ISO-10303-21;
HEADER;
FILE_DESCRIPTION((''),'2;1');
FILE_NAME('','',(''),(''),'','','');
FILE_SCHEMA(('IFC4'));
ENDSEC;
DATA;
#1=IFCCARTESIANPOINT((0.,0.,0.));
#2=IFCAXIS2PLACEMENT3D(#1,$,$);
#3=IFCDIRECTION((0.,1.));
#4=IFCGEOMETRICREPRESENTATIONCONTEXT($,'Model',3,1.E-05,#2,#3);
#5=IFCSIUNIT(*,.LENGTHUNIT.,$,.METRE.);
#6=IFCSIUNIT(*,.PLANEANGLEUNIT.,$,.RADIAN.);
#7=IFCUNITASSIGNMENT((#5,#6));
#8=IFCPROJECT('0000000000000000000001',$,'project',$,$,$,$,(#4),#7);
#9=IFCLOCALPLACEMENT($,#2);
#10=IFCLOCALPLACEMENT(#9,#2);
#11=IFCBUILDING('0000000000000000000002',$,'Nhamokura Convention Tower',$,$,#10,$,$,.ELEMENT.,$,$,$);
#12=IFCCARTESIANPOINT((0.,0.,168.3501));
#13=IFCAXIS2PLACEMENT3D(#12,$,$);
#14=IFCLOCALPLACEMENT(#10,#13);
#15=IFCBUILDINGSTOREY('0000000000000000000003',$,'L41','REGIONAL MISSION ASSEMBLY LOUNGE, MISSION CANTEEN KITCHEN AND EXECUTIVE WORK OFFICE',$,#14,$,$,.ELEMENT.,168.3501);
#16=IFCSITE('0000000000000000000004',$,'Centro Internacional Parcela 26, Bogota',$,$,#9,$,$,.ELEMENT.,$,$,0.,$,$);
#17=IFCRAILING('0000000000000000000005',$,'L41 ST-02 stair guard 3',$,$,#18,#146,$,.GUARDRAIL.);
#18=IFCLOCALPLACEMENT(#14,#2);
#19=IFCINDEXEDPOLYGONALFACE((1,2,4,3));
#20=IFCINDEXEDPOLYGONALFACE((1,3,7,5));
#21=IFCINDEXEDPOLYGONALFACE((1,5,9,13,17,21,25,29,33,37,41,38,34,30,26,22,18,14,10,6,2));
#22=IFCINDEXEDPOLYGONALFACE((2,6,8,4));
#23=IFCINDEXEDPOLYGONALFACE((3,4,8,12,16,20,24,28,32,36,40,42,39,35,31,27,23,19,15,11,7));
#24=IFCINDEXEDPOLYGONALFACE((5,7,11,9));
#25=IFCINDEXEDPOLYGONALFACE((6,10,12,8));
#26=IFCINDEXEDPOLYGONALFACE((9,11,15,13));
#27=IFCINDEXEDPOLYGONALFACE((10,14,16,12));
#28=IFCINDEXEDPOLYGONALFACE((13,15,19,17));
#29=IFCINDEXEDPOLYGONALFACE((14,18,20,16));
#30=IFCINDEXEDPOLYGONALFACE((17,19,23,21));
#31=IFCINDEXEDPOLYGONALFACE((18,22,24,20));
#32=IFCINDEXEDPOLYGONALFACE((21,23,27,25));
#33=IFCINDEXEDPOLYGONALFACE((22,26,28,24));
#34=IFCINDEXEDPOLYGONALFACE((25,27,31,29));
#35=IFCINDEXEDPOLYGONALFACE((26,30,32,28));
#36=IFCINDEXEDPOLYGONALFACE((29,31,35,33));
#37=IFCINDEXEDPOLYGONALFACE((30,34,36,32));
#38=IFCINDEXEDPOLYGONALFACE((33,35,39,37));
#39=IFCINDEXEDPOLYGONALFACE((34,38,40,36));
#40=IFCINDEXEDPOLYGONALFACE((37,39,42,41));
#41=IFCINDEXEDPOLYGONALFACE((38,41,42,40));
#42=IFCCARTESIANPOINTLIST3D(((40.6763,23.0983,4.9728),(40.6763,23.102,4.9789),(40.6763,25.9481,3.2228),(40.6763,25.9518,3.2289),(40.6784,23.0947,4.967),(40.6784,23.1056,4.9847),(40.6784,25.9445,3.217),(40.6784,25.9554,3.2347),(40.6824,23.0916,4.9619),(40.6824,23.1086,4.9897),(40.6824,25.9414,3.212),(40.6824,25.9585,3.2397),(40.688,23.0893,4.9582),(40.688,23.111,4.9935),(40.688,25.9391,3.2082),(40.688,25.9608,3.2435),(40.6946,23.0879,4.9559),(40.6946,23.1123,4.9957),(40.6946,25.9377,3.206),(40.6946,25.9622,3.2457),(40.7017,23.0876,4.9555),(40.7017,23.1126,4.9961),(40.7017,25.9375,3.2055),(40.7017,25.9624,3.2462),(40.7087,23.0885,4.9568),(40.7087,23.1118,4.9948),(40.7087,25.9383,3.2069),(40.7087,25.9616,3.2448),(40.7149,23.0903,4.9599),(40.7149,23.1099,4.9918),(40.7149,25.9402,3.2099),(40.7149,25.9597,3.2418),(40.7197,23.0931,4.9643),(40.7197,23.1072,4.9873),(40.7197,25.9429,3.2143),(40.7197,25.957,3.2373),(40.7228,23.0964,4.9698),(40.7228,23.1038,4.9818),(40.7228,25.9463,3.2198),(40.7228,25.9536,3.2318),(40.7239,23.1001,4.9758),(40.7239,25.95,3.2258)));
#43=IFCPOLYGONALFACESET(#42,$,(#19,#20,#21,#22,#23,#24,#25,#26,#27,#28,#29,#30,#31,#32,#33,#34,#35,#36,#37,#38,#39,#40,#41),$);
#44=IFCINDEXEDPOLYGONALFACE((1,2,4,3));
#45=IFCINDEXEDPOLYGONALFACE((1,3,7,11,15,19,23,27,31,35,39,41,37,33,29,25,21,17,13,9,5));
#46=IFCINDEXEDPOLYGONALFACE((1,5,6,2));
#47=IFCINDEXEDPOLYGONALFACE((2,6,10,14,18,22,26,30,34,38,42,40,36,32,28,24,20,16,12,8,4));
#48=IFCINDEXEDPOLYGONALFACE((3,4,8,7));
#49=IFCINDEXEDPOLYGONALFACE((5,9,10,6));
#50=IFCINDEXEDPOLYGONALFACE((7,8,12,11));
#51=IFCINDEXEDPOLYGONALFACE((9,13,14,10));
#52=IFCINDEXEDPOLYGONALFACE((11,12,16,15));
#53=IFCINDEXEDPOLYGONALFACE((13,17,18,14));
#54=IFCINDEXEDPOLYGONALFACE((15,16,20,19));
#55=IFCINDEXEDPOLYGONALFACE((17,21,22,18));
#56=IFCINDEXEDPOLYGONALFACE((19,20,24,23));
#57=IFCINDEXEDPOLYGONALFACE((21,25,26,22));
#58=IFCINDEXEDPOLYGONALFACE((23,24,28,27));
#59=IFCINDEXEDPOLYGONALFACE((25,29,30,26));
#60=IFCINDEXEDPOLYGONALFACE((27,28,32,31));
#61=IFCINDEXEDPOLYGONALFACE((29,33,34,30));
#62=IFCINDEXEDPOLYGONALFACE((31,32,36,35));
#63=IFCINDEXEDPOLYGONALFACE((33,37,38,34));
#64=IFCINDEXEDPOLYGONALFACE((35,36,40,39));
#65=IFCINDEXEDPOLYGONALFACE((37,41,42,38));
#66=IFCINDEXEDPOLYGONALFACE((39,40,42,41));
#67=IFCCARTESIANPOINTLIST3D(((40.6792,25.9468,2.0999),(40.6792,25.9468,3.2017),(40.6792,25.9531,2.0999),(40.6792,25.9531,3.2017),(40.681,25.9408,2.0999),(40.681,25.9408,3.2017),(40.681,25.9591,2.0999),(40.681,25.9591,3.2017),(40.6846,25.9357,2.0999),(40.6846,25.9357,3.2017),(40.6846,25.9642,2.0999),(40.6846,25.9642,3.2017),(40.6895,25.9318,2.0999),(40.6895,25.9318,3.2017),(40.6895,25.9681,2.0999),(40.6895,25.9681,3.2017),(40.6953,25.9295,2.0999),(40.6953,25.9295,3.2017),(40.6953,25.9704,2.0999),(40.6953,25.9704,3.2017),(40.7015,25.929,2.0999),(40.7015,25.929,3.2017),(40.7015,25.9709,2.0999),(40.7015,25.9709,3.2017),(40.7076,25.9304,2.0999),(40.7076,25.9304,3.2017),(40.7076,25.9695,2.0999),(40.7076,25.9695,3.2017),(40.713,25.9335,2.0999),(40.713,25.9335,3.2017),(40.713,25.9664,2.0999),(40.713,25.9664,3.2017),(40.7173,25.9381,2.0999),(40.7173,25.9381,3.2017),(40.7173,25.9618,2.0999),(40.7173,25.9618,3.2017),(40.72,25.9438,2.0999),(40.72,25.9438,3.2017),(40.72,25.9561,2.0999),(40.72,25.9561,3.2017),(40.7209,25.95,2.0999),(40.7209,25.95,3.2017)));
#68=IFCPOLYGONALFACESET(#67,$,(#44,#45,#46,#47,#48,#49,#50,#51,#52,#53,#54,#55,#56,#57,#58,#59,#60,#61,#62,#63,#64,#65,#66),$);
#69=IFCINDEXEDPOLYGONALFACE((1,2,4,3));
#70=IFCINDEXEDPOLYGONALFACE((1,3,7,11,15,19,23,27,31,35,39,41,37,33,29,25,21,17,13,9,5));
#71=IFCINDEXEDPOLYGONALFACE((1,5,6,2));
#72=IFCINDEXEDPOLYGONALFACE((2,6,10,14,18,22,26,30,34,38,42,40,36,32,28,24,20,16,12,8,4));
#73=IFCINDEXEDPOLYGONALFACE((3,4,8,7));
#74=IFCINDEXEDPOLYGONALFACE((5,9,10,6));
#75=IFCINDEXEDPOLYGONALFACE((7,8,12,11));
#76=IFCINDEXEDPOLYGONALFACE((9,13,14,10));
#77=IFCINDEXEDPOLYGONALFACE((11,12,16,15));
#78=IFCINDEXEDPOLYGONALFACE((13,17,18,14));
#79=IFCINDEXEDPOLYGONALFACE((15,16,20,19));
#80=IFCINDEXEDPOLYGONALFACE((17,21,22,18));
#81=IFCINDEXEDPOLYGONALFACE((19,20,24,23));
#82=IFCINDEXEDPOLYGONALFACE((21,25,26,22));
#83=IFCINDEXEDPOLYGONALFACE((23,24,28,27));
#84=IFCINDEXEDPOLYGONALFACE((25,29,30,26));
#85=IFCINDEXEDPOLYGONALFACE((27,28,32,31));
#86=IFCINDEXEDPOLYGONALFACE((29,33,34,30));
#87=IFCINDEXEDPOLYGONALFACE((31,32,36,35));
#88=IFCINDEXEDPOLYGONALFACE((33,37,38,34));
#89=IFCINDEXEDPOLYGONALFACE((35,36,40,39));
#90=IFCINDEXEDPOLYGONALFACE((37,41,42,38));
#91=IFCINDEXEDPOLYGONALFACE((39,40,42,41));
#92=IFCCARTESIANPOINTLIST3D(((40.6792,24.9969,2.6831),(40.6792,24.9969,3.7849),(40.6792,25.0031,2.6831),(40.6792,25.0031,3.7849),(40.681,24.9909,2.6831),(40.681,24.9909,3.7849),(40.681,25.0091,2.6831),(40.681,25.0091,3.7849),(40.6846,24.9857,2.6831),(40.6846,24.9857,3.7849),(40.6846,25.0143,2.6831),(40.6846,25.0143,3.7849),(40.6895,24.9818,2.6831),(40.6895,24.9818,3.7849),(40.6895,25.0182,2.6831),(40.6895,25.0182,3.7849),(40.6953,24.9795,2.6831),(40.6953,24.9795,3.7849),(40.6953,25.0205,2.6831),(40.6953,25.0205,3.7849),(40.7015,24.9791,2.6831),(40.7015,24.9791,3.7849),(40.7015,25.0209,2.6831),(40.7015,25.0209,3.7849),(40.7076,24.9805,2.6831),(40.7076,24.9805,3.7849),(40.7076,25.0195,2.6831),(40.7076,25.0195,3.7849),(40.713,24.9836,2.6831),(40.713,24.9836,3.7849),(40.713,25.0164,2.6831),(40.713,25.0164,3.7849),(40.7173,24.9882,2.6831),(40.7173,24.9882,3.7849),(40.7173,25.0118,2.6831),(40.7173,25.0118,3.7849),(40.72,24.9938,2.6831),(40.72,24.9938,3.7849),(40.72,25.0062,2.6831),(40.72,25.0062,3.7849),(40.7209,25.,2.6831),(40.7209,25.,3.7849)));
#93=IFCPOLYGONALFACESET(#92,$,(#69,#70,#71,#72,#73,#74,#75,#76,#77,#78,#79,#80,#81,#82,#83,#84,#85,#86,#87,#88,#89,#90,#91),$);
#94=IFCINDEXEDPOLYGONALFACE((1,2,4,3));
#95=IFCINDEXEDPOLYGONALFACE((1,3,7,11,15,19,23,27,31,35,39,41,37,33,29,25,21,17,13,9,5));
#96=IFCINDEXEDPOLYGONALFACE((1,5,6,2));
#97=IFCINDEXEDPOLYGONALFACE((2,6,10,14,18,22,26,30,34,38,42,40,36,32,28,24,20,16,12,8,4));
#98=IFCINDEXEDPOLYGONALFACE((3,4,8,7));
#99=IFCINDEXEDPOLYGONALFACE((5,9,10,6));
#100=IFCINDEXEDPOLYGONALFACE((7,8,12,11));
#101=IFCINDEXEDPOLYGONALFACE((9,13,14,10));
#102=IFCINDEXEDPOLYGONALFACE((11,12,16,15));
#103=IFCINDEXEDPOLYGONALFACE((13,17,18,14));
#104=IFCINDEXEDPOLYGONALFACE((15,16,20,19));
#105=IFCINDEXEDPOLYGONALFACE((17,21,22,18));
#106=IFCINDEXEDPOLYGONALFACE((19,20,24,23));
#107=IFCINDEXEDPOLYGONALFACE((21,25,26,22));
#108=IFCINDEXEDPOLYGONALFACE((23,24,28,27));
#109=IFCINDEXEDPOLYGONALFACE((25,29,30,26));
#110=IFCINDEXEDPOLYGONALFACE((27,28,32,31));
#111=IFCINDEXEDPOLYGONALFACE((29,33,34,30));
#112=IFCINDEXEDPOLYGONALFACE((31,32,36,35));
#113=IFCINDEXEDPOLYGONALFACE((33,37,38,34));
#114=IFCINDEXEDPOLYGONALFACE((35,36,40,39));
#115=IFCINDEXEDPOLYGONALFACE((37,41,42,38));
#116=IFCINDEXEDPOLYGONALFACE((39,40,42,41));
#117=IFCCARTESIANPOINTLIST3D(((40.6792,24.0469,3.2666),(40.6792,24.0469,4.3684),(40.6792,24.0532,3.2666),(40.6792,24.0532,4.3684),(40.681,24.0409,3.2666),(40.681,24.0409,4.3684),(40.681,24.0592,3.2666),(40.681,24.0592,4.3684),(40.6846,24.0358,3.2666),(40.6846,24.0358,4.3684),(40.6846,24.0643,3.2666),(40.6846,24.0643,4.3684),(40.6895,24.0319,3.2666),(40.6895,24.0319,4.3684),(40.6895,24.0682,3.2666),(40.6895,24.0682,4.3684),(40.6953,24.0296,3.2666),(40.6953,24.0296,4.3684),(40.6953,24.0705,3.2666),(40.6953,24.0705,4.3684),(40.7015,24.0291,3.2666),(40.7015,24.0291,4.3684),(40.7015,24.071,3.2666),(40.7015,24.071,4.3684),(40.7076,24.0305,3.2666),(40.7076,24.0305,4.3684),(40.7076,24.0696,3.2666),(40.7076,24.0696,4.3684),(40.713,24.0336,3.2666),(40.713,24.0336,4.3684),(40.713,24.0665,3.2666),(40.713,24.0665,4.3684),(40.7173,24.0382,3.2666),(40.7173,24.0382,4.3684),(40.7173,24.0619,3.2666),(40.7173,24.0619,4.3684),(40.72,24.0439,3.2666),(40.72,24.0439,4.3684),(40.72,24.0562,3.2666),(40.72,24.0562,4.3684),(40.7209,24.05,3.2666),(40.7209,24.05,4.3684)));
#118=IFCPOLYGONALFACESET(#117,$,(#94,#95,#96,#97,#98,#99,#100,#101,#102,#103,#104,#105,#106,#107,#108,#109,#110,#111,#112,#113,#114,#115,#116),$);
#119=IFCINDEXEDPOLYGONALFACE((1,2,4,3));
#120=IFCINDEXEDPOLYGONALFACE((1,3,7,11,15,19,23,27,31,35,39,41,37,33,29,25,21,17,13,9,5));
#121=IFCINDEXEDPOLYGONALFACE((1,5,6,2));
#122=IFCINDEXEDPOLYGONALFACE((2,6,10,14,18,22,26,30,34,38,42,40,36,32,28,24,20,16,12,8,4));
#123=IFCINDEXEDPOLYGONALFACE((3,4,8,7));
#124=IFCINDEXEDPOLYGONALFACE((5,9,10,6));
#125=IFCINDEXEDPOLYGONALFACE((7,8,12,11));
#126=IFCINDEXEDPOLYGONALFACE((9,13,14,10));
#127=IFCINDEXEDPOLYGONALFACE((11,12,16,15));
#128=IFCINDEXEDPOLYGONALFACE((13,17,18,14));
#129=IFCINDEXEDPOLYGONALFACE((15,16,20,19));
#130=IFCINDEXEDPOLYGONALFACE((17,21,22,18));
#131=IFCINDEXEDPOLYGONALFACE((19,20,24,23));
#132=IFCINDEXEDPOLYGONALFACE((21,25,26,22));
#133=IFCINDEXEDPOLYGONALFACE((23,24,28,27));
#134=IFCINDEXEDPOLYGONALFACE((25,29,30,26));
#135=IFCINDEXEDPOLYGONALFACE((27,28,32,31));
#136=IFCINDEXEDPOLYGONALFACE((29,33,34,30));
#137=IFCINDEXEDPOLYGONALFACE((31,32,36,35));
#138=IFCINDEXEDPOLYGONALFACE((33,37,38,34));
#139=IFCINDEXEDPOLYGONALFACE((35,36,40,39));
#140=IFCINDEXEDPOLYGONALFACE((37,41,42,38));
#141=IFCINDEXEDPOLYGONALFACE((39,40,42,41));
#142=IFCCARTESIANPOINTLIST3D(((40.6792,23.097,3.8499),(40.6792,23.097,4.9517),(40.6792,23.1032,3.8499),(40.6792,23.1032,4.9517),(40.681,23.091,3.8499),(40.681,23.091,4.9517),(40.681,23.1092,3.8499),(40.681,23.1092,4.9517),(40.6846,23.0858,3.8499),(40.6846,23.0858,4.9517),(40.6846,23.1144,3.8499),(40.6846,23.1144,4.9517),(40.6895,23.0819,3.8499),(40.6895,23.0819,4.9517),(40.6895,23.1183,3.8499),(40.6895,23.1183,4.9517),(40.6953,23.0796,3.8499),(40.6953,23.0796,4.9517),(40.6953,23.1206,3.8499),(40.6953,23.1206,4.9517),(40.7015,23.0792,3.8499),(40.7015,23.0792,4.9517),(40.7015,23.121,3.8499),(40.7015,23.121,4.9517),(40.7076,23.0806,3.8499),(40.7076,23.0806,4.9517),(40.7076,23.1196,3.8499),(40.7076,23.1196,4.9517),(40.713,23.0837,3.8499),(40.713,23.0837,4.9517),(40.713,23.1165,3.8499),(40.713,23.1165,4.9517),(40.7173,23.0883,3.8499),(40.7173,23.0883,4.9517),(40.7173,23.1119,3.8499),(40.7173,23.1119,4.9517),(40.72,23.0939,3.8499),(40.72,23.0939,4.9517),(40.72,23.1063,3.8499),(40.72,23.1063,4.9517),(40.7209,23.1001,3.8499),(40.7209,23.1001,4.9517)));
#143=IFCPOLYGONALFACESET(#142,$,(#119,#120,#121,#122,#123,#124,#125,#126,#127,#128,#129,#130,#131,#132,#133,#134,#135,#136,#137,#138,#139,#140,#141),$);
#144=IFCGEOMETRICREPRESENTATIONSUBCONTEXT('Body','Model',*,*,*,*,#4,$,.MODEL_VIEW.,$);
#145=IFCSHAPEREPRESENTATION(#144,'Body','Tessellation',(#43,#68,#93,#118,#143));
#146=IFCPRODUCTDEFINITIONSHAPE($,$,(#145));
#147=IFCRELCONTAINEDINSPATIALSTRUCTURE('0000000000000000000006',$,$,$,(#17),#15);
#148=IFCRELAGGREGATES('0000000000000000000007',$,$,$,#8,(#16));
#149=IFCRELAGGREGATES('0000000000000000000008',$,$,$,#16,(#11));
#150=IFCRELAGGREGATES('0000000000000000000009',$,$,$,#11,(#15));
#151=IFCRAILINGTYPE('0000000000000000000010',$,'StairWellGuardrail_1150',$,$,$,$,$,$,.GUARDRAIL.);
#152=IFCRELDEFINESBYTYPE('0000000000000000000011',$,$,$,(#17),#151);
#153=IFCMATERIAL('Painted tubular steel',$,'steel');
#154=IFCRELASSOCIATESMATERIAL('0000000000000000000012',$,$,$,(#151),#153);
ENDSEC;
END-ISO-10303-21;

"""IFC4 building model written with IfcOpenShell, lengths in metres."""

from ifc_helpers import new_model, si_unit, direction, frame, origin, origin_2d, place, context, subcontext, project, spatial, circle, extrude, material, type_object, element, save


model = new_model("IFC4")

# Units and contexts
model_context = context("Model", 3, precision=1e-05, world=origin(), true_north=direction((0.0, 1.0)))
body_context = subcontext(model_context, "Body", "Model", "MODEL_VIEW")
ifc_project = project(units=[si_unit("LENGTHUNIT", "METRE"), si_unit("PLANEANGLEUNIT", "RADIAN")], contexts=[model_context])

# Site, building, storey
site_placement = place(None, origin())
site = spatial("IfcSite", under=ifc_project, at=site_placement, Name="Centro Internacional Parcela 26, Bogota", CompositionType="ELEMENT", RefElevation=0.0)
building_placement = place(site_placement, origin())
building = spatial("IfcBuilding", under=site, at=building_placement, Name="Nhamokura Convention Tower", CompositionType="ELEMENT")
storey_placement = place(building_placement, frame((0.0, 0.0, 168.3501)))
storey = spatial("IfcBuildingStorey", under=building, at=storey_placement, Name="L41", Description="REGIONAL MISSION ASSEMBLY LOUNGE, MISSION CANTEEN KITCHEN AND EXECUTIVE WORK OFFICE", CompositionType="ELEMENT", Elevation=168.3501)

# Railing
ifc_material_1 = material(Name="Painted tubular steel", Category="steel")
railing_type_1 = type_object("IfcRailingType", Name="StairWellGuardrail_1150", PredefinedType="GUARDRAIL", material=ifc_material_1)
railing_1_placement = place(storey_placement, frame((40.7, 25.95, 2.0999)))
element("IfcRailing", 1, at=railing_1_placement, inside=storey, type_object=railing_type_1, Name="L41 ST-02 stair guard 3", PredefinedType="GUARDRAIL", context=body_context, shape_type="SweptSolid", body=[
    extrude(circle(Radius=0.0239, at=origin_2d()), frame((0.0, 0.0, 1.126), z_axis=(0.0, -0.852159, 0.523283), x_axis=(1.0, 0.0, 0.0)), (0.0, 0.0, 1.0), 3.3442),
    extrude(circle(Radius=0.021, at=origin_2d()), origin(), (0.0, 0.0, 1.0), 1.1018),
    extrude(circle(Radius=0.021, at=origin_2d()), frame((0.0, -0.95, 0.5833)), (0.0, 0.0, 1.0), 1.1018),
    extrude(circle(Radius=0.021, at=origin_2d()), frame((0.0, -1.8999, 1.1667)), (0.0, 0.0, 1.0), 1.1018),
    extrude(circle(Radius=0.021, at=origin_2d()), frame((0.0, -2.8499, 1.75)), (0.0, 0.0, 1.0), 1.1018),
])

save(model, "model.ifc")
